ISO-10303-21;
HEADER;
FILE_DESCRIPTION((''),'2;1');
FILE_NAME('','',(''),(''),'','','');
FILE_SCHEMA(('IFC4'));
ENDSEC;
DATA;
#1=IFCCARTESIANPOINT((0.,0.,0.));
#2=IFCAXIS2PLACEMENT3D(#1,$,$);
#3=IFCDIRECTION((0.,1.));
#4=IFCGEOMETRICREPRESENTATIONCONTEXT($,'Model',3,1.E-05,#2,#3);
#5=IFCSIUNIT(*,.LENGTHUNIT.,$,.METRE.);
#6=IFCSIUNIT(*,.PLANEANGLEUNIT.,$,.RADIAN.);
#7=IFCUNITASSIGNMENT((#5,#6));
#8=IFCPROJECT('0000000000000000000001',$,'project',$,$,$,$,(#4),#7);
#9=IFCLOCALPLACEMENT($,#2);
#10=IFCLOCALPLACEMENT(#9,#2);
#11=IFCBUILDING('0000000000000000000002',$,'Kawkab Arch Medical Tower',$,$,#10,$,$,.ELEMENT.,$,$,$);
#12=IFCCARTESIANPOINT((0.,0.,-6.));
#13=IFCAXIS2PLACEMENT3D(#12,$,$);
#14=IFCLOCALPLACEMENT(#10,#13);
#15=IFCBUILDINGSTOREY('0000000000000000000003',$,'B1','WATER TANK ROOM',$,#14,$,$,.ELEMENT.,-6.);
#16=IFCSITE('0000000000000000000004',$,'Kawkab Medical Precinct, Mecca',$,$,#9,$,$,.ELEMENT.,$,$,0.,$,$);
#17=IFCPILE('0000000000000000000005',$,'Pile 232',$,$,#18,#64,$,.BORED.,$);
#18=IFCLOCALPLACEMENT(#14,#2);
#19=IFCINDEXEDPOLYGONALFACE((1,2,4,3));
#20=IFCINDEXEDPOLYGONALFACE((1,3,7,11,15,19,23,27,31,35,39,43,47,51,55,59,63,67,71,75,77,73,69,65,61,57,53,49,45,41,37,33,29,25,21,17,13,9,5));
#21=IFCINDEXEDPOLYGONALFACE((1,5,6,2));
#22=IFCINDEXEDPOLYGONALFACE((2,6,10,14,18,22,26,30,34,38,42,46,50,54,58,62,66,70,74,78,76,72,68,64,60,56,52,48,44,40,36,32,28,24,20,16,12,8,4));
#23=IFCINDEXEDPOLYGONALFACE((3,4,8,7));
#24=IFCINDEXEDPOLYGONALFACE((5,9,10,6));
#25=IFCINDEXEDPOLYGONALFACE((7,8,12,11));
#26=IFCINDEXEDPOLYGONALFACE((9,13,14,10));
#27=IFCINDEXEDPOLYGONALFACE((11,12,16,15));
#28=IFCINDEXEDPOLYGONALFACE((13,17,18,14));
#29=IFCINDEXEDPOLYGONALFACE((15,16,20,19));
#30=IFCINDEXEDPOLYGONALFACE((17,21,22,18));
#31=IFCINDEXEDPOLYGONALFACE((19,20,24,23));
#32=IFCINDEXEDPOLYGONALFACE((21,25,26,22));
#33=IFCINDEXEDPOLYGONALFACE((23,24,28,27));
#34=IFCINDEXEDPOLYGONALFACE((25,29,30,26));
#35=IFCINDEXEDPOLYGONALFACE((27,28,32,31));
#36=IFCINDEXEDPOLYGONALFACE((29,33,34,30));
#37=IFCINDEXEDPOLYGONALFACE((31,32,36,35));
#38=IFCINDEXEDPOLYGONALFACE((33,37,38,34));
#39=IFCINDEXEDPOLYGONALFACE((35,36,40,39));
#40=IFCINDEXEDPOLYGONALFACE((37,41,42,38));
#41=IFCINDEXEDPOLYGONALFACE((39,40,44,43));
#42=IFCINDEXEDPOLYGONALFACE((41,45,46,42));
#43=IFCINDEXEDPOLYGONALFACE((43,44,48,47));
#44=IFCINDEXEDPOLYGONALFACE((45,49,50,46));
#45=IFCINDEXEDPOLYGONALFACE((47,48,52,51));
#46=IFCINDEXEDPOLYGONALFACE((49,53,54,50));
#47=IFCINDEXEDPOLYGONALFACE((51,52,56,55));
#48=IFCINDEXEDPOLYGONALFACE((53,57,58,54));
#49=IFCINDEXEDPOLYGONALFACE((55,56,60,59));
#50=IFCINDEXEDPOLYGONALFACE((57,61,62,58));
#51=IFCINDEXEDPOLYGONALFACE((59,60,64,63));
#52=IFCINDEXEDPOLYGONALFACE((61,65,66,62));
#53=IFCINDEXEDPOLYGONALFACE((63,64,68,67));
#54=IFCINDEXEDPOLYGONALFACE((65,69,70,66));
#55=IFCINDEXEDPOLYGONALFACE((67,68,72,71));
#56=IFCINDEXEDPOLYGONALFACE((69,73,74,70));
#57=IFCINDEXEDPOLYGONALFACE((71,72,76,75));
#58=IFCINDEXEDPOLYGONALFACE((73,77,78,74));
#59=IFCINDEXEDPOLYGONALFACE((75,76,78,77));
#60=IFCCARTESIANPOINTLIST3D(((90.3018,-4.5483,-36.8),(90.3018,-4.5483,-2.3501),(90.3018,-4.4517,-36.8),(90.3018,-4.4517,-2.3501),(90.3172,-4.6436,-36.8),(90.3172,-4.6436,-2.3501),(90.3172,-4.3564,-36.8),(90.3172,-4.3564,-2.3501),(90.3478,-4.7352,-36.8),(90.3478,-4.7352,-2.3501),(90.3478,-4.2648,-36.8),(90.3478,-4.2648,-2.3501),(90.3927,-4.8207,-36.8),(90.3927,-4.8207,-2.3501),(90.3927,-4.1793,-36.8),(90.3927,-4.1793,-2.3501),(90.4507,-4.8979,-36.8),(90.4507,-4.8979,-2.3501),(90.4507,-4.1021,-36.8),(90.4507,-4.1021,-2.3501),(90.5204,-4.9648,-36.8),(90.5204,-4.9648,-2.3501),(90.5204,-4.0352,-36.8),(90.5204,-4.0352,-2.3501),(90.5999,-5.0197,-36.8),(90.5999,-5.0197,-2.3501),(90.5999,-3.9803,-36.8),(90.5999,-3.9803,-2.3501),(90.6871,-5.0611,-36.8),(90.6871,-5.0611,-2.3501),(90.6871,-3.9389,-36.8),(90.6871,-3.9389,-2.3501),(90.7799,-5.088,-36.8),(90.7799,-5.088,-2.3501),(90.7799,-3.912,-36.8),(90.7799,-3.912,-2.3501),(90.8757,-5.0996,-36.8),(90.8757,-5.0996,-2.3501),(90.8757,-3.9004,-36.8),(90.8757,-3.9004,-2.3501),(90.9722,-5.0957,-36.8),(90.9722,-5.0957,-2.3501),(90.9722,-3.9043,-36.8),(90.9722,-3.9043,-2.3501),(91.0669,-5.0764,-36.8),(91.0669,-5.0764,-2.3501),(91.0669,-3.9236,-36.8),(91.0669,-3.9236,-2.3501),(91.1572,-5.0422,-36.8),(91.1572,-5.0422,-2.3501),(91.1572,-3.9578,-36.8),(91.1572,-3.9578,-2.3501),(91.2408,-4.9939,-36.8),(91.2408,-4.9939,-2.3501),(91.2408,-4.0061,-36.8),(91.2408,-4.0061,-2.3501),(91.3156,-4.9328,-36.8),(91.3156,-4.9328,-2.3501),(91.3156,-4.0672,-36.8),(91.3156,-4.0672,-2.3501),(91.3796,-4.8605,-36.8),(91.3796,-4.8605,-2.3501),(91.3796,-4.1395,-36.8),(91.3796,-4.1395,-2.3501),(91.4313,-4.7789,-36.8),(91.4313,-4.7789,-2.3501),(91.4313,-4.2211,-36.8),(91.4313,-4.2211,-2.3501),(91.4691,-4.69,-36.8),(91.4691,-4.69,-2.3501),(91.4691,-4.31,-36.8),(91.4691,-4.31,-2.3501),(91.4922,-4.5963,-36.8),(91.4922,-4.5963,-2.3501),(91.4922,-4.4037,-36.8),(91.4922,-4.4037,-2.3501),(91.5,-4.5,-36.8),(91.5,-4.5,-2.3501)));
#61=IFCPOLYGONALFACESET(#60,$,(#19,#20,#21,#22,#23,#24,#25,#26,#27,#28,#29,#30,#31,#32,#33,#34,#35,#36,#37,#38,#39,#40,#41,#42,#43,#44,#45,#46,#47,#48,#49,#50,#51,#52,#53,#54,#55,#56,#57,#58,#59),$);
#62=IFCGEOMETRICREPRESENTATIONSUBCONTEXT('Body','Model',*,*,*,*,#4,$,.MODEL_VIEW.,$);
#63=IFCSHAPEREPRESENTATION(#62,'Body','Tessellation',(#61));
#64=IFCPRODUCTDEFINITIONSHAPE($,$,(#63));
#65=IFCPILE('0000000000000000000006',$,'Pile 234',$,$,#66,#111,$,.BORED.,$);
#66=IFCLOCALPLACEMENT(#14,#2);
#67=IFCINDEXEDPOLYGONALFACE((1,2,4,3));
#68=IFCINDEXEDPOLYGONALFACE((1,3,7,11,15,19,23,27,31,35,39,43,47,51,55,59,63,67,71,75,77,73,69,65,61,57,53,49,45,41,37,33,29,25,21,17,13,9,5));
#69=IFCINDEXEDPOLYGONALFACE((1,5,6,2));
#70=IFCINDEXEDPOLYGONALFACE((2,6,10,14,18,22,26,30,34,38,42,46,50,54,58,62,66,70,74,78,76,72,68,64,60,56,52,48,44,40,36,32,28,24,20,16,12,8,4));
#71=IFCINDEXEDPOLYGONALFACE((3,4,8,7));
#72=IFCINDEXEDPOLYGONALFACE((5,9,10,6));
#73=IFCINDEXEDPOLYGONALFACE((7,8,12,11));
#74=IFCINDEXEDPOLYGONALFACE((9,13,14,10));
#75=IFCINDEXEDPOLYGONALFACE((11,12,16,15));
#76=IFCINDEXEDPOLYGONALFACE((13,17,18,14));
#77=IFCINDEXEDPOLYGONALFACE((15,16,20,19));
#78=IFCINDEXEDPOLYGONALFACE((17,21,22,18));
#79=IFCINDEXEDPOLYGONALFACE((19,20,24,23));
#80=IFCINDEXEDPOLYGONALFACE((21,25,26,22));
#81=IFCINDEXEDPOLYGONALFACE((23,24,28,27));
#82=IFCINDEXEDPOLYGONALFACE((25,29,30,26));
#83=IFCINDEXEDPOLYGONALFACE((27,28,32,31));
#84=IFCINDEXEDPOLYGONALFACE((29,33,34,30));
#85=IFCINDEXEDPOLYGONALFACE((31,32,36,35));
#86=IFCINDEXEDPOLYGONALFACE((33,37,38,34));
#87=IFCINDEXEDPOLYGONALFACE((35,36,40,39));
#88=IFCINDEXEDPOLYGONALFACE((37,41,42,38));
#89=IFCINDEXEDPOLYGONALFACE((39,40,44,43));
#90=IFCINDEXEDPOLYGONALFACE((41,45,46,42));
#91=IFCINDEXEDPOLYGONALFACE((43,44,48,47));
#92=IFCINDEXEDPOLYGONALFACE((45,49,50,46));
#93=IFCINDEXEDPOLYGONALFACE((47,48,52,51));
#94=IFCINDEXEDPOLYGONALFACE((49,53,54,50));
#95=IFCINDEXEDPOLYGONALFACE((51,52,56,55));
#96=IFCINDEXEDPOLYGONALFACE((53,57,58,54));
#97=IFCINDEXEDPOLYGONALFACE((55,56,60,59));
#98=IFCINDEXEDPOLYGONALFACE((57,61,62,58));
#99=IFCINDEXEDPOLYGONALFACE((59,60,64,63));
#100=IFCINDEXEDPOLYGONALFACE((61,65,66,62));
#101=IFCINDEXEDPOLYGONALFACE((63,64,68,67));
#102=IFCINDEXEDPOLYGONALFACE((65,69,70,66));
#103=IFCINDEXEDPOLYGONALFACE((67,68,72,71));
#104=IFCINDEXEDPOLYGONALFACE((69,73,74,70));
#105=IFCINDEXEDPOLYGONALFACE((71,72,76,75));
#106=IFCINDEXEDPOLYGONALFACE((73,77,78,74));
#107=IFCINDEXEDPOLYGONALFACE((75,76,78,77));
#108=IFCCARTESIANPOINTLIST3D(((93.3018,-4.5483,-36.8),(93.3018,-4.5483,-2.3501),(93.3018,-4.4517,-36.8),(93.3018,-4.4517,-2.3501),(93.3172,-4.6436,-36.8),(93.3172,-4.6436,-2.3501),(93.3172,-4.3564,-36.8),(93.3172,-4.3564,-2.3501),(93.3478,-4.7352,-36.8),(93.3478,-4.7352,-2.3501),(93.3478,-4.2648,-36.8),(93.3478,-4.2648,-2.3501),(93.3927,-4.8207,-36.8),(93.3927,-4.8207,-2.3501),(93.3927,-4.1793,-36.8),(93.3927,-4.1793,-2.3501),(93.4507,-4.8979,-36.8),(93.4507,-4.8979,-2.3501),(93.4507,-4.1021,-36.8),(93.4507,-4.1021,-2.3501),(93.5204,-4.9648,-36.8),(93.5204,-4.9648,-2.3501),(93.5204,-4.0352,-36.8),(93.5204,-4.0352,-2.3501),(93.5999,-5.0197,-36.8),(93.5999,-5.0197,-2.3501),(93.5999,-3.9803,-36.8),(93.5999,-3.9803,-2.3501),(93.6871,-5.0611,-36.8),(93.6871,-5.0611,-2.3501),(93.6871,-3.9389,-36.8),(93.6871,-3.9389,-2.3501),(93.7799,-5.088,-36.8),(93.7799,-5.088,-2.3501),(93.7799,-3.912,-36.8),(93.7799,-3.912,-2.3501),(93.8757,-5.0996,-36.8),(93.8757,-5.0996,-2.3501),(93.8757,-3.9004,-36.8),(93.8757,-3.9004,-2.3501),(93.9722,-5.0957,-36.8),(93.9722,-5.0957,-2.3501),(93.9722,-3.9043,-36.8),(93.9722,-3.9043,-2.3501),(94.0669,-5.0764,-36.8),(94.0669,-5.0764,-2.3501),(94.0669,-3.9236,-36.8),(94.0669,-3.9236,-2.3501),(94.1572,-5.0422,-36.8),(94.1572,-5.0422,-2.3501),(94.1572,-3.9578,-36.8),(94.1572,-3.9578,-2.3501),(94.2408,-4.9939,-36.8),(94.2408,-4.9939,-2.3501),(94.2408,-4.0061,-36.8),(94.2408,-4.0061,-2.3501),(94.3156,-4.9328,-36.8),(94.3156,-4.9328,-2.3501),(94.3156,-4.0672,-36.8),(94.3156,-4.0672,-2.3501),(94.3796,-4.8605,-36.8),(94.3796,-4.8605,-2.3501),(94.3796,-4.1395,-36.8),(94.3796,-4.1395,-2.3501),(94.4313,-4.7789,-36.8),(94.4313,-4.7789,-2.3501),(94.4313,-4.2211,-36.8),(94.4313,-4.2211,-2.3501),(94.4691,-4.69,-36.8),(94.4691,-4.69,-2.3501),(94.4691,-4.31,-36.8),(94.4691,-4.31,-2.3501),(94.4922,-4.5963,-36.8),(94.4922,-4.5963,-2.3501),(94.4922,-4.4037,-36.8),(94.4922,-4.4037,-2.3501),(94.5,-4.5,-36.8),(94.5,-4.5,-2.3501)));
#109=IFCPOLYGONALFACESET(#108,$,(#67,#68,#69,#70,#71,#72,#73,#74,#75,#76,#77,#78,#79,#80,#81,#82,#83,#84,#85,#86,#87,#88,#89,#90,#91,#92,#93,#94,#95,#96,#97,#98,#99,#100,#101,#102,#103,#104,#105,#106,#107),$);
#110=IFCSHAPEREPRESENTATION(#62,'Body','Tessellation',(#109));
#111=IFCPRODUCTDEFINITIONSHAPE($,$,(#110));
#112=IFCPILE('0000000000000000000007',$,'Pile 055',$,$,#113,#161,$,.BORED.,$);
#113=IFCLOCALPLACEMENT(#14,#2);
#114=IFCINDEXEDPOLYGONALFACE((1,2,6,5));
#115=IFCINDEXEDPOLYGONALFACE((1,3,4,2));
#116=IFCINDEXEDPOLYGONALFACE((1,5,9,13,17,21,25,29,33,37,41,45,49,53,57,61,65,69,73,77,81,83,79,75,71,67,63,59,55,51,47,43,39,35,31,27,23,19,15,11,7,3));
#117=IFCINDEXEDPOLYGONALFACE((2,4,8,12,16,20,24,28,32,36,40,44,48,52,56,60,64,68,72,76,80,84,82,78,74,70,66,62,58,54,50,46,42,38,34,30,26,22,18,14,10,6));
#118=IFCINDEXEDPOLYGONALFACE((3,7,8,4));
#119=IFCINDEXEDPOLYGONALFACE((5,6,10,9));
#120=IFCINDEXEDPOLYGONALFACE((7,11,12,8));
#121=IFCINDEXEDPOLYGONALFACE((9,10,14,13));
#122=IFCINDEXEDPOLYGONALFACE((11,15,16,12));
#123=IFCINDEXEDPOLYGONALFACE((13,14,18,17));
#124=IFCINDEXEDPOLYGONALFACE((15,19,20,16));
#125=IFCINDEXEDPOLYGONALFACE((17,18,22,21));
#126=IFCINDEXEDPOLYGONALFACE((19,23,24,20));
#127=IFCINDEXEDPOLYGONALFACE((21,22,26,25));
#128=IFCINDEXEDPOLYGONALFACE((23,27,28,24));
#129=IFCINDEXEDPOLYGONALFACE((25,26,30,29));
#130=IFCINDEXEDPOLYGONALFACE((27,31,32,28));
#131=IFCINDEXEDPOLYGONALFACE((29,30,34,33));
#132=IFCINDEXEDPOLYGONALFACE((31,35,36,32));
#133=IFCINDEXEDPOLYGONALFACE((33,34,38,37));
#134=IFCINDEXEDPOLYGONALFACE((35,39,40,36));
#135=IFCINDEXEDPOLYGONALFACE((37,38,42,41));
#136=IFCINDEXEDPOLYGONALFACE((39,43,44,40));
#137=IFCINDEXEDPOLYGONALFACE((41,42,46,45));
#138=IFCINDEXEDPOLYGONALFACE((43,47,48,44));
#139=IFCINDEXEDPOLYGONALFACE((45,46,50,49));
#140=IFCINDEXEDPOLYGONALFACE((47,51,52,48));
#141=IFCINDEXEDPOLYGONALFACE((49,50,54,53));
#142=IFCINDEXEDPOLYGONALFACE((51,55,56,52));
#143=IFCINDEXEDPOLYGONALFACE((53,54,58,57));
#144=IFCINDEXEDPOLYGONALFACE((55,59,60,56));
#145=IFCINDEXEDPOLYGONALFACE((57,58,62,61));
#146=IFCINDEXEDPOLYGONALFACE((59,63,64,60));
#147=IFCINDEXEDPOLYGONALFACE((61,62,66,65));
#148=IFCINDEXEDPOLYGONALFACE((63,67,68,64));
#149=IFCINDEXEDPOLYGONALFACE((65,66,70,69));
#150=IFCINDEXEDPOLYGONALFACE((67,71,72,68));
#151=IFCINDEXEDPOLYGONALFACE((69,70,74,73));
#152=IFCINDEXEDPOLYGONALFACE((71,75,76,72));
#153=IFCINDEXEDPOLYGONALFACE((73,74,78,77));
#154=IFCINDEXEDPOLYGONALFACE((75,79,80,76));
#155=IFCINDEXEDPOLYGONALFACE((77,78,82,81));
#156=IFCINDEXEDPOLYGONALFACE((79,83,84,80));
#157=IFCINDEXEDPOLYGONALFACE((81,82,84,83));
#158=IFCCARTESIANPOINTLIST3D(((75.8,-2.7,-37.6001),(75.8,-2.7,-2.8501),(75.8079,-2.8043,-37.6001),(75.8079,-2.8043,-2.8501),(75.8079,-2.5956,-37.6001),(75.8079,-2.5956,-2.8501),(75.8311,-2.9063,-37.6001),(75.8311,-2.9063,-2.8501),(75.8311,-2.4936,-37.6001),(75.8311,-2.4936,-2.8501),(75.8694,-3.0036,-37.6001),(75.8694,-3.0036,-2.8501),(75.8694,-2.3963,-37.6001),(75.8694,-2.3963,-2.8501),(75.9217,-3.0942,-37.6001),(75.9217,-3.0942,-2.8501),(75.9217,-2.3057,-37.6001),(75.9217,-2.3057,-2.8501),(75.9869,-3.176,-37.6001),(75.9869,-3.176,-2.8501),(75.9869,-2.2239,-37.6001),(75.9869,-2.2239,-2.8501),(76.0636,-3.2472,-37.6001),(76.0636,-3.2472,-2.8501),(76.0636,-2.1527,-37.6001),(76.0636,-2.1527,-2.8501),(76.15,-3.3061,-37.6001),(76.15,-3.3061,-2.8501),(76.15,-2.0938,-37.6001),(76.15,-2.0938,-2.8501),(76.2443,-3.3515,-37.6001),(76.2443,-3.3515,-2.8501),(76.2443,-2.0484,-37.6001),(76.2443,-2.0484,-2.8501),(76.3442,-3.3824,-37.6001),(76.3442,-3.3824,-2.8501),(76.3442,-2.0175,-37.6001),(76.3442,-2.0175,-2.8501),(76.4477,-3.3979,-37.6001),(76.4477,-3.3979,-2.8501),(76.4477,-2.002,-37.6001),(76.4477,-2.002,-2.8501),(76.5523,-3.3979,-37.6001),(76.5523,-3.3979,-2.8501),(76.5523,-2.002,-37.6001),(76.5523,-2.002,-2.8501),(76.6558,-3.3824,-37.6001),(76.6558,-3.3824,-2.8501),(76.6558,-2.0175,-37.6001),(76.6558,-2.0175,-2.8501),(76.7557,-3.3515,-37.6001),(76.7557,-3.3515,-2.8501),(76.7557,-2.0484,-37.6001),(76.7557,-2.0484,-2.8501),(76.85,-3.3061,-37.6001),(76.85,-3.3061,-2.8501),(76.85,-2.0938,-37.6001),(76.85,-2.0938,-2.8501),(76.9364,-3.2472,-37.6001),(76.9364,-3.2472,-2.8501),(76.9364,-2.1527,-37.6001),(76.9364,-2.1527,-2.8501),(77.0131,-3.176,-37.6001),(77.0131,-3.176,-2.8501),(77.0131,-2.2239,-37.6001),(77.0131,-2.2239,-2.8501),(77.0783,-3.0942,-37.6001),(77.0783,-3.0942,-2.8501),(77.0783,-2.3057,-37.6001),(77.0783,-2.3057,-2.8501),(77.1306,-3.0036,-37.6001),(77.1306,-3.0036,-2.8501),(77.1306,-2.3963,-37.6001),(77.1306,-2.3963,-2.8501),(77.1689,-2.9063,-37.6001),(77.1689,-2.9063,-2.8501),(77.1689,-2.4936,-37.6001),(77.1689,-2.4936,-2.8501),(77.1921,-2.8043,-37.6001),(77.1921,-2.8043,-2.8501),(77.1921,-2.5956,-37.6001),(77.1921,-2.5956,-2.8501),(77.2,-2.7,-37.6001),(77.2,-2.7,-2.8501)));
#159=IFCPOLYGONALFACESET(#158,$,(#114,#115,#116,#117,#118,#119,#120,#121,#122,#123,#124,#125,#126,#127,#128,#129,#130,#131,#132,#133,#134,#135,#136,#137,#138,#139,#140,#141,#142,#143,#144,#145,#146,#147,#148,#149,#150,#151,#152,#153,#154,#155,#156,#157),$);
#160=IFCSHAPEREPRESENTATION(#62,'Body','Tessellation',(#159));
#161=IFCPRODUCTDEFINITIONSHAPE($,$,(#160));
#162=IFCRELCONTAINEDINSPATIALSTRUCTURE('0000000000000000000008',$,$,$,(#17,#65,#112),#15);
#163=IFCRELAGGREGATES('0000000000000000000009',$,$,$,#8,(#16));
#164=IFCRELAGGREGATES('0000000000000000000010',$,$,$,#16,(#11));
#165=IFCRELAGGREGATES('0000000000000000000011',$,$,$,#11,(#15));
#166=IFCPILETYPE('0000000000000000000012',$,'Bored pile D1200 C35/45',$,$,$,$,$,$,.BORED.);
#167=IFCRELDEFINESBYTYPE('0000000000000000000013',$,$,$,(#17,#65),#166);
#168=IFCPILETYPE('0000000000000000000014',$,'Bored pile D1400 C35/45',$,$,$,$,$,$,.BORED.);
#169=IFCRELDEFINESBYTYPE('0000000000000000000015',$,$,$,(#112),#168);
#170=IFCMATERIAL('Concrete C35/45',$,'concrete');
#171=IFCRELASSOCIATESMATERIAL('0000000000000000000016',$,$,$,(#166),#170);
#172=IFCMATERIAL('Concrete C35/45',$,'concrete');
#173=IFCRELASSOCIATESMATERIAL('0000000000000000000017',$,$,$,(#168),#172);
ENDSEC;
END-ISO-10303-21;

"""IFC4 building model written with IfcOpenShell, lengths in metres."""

from ifc_helpers import new_model, si_unit, direction, frame, origin, origin_2d, place, context, subcontext, project, spatial, circle, extrude, material, material_profile, profile_set, type_object, element, save


model = new_model("IFC4")

# Units and contexts
model_context = context("Model", 3, precision=1e-05, world=origin(), true_north=direction((0.0, 1.0)))
body_context = subcontext(model_context, "Body", "Model", "MODEL_VIEW")
ifc_project = project(units=[si_unit("LENGTHUNIT", "METRE"), si_unit("PLANEANGLEUNIT", "RADIAN")], contexts=[model_context])

# Site, building, storey
site_placement = place(None, origin())
site = spatial("IfcSite", under=ifc_project, at=site_placement, Name="Kawkab Medical Precinct, Mecca", CompositionType="ELEMENT", RefElevation=0.0)
building_placement = place(site_placement, origin())
building = spatial("IfcBuilding", under=site, at=building_placement, Name="Kawkab Arch Medical Tower", CompositionType="ELEMENT")
storey_placement = place(building_placement, frame((0.0, 0.0, -6.0)))
storey = spatial("IfcBuildingStorey", under=building, at=storey_placement, Name="B1", Description="WATER TANK ROOM", CompositionType="ELEMENT", Elevation=-6.0)

# Piles
ifc_material_1 = material(Name="Concrete C35/45", Category="concrete")
ifc_material_profile_1 = material_profile(ifc_material_1, circle(Radius=0.6001, at=origin_2d()), Name="Bored pile D1200")
ifc_profile_set_1 = profile_set([ifc_material_profile_1], Name="Concrete C35/45")
pile_type_1 = type_object("IfcPileType", Name="Bored pile D1200 C35/45", PredefinedType="BORED", material=ifc_profile_set_1)
for number, where, z_axis, x_axis, name in (
    (1, (90.8999, -4.5, -2.3501), (0.0, 0.0, -1.0), (1.0, 0.0, 0.0), "Pile 232"),
    (2, (93.8999, -4.5, -2.3501), (0.0, 0.0, -1.0), (1.0, 0.0, 0.0), "Pile 234"),
):
    element("IfcPile", number, at=place(storey_placement, frame(where, z_axis=z_axis, x_axis=x_axis)), inside=storey, type_object=pile_type_1, Name=name, PredefinedType="BORED", context=body_context, shape_type="SweptSolid", body=[
        extrude(circle(Radius=0.6001, at=origin_2d()), origin(), (0.0, 0.0, 1.0), 34.45),
    ])
ifc_material_2 = material(Name="Concrete C35/45", Category="concrete")
ifc_material_profile_2 = material_profile(ifc_material_2, circle(Radius=0.7, at=origin_2d()), Name="Bored pile D1400")
ifc_profile_set_2 = profile_set([ifc_material_profile_2], Name="Concrete C35/45")
pile_type_2 = type_object("IfcPileType", Name="Bored pile D1400 C35/45", PredefinedType="BORED", material=ifc_profile_set_2)
for number, where, z_axis, x_axis, name in (
    (3, (76.5, -2.7, -2.8501), (0.0, 0.0, -1.0), (1.0, 0.0, 0.0), "Pile 055"),
):
    element("IfcPile", number, at=place(storey_placement, frame(where, z_axis=z_axis, x_axis=x_axis)), inside=storey, type_object=pile_type_2, Name=name, PredefinedType="BORED", context=body_context, shape_type="SweptSolid", body=[
        extrude(circle(Radius=0.7, at=origin_2d()), origin(), (0.0, 0.0, 1.0), 34.75),
    ])

save(model, "model.ifc")
